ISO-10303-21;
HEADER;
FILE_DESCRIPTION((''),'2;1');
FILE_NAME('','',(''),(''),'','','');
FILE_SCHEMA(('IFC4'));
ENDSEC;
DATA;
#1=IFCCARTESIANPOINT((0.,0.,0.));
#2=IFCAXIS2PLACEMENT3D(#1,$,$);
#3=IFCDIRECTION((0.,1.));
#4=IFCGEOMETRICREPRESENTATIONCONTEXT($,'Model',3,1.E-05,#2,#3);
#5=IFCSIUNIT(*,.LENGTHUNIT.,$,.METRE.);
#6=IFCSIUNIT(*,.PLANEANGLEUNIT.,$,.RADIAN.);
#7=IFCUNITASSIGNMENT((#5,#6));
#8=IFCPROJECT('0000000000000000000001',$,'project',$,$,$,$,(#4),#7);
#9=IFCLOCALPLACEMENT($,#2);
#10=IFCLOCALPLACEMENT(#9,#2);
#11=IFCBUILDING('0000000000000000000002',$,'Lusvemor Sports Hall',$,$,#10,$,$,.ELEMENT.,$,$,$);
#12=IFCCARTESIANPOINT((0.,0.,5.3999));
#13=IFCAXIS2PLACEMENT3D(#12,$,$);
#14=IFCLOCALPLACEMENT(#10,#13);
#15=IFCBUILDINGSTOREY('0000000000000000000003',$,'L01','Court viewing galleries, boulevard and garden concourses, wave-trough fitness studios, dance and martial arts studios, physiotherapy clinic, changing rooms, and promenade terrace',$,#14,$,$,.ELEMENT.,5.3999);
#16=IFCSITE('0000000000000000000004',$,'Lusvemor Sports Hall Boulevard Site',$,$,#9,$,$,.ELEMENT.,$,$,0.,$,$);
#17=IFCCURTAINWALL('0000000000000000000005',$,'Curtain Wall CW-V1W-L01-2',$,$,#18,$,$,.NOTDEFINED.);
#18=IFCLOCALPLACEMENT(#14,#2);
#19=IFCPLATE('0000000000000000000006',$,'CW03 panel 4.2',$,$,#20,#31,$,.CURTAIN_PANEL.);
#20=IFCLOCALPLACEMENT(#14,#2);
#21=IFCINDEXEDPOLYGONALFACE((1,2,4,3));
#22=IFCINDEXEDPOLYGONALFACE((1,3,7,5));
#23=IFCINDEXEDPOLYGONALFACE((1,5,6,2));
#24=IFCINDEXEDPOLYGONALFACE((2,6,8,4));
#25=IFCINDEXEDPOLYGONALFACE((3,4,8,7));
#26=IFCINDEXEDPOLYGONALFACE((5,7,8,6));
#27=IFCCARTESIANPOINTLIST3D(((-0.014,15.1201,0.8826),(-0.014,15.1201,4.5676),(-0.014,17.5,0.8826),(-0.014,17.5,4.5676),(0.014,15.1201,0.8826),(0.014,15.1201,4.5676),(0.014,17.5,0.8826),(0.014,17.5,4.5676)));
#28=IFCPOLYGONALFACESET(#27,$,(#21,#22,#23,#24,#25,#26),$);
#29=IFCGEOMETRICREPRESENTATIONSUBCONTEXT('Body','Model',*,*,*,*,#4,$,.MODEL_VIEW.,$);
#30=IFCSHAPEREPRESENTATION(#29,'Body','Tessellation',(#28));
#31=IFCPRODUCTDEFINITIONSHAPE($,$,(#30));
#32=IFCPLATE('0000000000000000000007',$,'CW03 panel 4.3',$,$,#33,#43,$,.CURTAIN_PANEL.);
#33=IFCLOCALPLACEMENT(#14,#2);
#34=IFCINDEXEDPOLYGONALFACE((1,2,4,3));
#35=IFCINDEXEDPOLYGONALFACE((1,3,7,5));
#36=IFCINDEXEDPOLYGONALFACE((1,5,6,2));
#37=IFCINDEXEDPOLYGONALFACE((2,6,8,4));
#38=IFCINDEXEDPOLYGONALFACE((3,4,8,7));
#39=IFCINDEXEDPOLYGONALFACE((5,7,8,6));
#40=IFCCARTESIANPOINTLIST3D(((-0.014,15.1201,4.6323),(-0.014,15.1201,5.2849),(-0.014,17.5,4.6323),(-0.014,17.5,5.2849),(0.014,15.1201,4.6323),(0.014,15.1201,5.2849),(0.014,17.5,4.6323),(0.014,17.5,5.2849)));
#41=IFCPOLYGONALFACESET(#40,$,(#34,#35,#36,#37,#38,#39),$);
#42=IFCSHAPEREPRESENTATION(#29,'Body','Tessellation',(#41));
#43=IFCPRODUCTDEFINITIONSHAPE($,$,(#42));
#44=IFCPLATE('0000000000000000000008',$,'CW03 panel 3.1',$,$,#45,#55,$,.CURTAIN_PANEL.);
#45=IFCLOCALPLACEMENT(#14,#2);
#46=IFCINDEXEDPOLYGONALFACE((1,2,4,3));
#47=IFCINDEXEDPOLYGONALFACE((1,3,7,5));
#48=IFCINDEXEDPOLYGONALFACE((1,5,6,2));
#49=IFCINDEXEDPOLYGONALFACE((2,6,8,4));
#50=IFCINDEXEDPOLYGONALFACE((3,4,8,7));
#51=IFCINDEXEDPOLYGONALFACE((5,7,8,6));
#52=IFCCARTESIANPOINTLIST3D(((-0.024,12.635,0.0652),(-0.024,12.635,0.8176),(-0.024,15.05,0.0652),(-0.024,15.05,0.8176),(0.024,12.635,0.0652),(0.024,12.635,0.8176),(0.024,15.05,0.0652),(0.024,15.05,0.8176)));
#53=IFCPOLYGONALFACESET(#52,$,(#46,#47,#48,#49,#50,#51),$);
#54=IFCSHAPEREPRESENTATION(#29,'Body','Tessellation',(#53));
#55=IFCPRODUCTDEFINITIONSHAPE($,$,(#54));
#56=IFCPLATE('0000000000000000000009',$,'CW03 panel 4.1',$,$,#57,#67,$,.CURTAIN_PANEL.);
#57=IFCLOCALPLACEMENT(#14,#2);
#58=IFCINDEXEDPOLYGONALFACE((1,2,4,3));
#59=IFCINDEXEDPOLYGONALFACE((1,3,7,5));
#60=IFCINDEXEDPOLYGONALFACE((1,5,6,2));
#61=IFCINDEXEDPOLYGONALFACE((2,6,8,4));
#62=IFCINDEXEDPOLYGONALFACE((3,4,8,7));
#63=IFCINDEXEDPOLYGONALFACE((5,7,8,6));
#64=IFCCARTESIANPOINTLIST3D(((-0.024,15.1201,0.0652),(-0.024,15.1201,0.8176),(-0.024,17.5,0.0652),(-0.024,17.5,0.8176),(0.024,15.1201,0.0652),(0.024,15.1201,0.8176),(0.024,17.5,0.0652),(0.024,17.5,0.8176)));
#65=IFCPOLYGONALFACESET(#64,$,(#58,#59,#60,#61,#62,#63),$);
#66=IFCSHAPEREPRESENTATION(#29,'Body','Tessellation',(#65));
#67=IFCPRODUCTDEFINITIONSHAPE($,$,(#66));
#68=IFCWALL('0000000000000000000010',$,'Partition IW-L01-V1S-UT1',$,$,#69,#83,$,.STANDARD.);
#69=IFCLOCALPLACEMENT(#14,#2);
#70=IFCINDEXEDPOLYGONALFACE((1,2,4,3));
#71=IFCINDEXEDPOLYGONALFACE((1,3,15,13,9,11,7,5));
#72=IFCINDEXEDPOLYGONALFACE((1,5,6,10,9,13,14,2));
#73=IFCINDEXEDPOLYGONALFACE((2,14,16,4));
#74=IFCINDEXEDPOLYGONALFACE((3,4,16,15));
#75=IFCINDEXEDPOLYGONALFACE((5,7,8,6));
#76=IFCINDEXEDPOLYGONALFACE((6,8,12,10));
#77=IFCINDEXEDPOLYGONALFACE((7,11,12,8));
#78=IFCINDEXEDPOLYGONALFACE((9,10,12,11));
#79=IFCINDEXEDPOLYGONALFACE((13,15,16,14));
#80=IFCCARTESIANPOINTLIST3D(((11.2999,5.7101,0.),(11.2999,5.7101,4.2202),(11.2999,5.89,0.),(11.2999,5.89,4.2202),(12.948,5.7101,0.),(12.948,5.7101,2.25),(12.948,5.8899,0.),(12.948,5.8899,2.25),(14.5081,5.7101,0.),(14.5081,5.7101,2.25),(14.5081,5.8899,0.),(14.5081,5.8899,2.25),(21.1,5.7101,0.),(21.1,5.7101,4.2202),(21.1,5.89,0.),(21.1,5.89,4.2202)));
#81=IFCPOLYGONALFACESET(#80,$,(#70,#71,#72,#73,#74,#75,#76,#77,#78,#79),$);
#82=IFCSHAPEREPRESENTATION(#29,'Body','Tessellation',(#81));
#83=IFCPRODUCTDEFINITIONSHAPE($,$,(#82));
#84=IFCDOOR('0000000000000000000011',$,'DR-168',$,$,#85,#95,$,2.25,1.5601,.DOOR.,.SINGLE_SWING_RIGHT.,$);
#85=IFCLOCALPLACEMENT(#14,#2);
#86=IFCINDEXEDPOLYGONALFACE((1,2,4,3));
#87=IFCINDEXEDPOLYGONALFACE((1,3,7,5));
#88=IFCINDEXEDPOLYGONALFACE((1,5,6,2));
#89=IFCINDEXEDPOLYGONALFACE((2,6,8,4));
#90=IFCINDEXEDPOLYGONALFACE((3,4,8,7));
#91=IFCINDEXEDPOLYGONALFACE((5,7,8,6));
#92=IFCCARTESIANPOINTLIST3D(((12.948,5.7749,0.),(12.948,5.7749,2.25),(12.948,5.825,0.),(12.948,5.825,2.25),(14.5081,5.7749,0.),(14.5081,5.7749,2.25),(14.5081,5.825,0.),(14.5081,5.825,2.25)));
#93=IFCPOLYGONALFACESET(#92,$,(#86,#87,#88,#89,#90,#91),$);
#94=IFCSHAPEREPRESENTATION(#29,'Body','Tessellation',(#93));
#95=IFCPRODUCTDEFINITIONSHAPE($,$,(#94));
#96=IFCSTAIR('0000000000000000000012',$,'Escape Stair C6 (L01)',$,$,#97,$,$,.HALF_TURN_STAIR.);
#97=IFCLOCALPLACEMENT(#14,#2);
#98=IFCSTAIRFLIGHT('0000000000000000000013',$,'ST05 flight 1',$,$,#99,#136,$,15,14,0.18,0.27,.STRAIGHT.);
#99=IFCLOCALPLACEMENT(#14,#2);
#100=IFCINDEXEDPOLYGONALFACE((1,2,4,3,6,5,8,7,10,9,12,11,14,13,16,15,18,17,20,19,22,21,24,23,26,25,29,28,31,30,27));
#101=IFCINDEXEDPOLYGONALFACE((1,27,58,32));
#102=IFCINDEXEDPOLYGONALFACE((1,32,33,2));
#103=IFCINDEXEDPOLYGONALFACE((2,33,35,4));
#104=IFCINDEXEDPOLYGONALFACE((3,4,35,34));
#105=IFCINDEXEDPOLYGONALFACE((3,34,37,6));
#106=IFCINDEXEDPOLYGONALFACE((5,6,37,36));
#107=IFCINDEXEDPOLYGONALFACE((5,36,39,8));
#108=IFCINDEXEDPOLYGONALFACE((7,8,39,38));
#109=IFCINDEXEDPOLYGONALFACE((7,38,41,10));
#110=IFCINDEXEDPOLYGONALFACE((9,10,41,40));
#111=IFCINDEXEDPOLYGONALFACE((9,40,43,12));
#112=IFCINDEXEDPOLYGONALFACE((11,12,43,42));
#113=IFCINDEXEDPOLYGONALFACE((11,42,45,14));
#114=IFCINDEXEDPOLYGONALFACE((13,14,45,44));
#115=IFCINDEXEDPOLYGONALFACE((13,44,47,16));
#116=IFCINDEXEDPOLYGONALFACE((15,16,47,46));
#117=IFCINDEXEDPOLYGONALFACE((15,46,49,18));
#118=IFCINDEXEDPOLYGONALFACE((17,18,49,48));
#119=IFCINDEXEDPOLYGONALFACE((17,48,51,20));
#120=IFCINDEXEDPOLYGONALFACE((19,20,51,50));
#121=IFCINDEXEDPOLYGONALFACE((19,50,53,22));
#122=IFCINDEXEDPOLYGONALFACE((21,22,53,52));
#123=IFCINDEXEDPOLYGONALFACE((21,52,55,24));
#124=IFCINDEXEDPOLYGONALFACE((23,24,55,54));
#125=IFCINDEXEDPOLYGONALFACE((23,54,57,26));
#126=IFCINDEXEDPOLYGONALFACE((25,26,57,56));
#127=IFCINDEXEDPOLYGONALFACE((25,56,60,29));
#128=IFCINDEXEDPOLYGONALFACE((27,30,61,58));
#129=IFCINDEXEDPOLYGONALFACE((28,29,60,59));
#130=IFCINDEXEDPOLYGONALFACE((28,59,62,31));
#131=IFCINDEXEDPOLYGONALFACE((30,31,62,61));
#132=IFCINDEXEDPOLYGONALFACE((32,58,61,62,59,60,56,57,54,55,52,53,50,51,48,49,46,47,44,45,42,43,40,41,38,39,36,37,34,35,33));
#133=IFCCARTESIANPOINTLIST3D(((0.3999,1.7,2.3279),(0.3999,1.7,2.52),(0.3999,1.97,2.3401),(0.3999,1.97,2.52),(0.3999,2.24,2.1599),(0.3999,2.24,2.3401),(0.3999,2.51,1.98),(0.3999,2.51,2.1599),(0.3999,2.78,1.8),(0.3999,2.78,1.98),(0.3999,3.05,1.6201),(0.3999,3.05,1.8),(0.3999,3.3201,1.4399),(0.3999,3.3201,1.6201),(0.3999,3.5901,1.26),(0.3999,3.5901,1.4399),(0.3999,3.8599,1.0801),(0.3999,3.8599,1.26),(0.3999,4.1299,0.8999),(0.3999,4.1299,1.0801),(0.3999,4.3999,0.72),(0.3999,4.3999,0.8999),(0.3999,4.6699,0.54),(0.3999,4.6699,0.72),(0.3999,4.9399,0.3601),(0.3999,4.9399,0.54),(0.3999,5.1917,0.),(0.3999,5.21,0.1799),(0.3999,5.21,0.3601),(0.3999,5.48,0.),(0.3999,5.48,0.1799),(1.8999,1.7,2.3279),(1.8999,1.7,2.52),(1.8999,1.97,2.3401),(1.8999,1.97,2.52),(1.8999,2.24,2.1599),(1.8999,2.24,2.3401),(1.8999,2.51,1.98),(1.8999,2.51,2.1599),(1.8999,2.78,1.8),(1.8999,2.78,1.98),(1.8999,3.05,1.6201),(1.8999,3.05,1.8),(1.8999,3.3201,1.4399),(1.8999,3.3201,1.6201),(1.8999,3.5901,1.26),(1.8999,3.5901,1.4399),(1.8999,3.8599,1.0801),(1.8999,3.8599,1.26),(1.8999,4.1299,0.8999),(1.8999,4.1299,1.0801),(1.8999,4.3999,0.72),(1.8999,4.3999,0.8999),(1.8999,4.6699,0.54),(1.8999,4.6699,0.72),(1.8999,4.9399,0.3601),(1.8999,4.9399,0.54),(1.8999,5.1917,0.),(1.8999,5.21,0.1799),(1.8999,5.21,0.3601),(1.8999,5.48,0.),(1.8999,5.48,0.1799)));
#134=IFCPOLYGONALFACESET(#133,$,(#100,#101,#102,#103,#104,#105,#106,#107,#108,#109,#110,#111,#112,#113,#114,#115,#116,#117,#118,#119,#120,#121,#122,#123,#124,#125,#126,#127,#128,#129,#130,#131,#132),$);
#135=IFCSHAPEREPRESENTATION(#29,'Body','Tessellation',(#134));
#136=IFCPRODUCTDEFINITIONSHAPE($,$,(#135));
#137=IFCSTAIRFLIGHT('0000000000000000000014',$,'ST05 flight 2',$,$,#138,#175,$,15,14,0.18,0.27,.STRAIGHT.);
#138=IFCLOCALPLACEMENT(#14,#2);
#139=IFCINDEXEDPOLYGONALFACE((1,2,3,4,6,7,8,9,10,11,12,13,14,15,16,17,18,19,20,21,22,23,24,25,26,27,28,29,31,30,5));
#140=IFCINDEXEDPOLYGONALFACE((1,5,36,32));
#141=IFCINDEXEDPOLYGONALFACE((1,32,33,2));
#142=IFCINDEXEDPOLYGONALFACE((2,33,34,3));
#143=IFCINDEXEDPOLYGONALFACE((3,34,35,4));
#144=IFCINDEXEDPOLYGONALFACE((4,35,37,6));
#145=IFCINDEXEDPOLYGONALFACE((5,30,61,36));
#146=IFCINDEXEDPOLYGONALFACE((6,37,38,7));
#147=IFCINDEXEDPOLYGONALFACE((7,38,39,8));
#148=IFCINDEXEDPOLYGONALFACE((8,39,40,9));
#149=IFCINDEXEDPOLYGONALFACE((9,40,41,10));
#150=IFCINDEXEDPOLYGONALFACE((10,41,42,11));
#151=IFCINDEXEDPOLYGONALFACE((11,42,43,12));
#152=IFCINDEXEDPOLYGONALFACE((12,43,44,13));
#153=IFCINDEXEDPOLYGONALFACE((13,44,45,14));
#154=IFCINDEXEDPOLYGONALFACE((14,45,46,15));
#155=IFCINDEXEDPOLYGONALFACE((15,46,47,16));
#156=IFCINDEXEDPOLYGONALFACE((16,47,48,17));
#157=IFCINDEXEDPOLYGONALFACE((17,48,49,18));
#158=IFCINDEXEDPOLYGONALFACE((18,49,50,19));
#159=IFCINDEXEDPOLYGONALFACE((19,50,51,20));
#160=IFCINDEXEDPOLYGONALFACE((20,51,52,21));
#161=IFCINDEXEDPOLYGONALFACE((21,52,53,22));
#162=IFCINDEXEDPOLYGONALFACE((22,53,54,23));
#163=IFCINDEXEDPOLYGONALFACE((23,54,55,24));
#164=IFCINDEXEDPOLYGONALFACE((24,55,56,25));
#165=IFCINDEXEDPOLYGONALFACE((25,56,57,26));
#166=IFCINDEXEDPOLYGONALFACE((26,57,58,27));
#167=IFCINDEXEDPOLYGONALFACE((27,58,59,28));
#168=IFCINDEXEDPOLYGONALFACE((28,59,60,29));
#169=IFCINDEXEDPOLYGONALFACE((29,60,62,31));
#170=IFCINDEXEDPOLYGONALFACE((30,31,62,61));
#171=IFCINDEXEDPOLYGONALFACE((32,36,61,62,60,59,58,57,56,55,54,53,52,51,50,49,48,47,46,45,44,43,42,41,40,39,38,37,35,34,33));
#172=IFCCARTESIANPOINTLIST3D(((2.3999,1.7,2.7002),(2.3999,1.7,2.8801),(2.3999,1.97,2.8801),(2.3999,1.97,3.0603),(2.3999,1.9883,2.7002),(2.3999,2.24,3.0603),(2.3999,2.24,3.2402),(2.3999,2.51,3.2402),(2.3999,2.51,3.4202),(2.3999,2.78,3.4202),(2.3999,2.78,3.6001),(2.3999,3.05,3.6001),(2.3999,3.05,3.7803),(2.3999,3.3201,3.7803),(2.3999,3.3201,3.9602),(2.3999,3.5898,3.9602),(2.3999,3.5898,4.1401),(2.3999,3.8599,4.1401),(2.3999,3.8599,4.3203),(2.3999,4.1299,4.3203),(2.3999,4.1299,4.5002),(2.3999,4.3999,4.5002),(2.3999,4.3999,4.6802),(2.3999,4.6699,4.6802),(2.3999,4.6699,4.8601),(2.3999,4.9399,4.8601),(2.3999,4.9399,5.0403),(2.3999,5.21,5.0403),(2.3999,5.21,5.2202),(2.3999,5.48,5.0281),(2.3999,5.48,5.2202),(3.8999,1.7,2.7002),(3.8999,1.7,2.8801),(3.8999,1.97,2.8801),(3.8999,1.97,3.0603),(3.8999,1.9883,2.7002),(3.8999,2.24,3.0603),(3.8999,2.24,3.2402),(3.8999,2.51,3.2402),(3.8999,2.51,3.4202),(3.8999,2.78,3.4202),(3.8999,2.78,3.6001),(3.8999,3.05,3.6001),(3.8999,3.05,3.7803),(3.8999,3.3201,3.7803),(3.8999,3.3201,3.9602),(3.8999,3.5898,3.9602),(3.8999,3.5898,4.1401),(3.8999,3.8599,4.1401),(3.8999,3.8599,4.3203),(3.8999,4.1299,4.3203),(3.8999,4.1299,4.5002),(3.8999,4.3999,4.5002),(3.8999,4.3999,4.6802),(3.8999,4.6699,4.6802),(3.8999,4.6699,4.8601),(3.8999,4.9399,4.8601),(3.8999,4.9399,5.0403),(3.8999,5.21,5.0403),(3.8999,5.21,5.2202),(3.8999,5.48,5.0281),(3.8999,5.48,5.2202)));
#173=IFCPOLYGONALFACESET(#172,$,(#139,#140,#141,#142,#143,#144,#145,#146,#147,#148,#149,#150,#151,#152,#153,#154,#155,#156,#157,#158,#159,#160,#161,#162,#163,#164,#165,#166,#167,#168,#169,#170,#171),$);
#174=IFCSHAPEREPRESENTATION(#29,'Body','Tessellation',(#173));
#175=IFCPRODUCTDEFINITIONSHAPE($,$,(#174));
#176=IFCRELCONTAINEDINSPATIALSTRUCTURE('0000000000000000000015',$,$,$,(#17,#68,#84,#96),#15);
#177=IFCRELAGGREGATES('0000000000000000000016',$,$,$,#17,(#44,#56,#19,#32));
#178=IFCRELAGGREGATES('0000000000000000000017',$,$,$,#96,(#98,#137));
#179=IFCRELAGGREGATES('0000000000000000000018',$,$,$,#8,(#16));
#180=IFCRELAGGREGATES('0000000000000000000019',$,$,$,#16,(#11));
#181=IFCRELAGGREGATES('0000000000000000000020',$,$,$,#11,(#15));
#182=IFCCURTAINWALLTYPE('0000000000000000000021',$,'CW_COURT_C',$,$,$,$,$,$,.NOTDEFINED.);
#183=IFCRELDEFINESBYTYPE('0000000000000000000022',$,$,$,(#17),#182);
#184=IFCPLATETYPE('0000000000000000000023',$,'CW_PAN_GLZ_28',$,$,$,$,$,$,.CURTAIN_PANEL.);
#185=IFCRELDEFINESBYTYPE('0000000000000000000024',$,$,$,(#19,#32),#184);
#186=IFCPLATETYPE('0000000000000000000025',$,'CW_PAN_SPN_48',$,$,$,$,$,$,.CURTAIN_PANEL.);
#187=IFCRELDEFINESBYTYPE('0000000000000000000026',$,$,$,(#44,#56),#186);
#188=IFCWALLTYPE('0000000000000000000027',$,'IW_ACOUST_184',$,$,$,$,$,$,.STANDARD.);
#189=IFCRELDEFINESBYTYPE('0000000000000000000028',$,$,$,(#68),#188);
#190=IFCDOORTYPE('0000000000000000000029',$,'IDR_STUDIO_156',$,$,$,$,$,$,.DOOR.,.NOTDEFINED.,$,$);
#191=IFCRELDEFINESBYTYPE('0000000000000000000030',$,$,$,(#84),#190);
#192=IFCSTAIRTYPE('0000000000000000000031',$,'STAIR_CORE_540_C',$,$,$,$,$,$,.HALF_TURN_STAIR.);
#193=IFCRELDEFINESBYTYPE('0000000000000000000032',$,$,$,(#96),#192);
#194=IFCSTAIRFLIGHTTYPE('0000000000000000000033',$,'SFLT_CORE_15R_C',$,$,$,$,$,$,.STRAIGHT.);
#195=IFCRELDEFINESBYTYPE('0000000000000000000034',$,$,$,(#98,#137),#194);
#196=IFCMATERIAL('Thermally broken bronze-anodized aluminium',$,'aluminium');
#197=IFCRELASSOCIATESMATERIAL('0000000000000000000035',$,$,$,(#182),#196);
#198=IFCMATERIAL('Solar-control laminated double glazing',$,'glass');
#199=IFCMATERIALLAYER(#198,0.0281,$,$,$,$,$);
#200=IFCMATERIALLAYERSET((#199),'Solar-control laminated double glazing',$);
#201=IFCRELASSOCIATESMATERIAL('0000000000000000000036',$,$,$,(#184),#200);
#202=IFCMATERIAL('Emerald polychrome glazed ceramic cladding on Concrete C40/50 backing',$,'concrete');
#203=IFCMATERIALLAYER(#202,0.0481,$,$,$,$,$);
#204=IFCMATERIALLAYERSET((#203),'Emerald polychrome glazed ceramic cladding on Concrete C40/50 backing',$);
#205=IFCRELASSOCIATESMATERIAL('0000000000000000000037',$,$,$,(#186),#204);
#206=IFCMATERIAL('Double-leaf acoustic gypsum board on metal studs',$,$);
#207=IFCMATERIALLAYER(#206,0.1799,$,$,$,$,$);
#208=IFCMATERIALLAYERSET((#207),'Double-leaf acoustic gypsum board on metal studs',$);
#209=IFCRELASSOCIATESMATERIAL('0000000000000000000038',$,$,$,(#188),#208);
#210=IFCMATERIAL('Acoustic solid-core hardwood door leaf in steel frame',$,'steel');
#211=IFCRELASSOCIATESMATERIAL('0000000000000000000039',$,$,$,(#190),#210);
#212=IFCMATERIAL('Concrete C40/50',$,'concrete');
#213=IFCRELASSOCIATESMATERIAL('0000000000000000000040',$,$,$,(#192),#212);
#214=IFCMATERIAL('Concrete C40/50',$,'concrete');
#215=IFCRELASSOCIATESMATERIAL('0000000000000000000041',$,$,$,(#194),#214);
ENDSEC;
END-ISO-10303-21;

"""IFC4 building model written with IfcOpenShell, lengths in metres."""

from ifc_helpers import new_model, si_unit, direction, frame, frame_2d, origin, origin_2d, place, context, subcontext, project, spatial, polyline, rectangle, outline, extrude, material, layer, layer_set, type_object, element, fill, aggregate, save


model = new_model("IFC4")

# Units and contexts
model_context = context("Model", 3, precision=1e-05, world=origin(), true_north=direction((0.0, 1.0)))
body_context = subcontext(model_context, "Body", "Model", "MODEL_VIEW")
ifc_project = project(units=[si_unit("LENGTHUNIT", "METRE"), si_unit("PLANEANGLEUNIT", "RADIAN")], contexts=[model_context])

# Site, building, storey
site_placement = place(None, origin())
site = spatial("IfcSite", under=ifc_project, at=site_placement, Name="Lusvemor Sports Hall Boulevard Site", CompositionType="ELEMENT", RefElevation=0.0)
building_placement = place(site_placement, origin())
building = spatial("IfcBuilding", under=site, at=building_placement, Name="Lusvemor Sports Hall", CompositionType="ELEMENT")
storey_placement = place(building_placement, frame((0.0, 0.0, 5.3999)))
storey = spatial("IfcBuildingStorey", under=building, at=storey_placement, Name="L01", Description="Court viewing galleries, boulevard and garden concourses, wave-trough fitness studios, dance and martial arts studios, physiotherapy clinic, changing rooms, and promenade terrace", CompositionType="ELEMENT", Elevation=5.3999)

# Curtain wall
ifc_material_1 = material(Name="Thermally broken bronze-anodized aluminium", Category="aluminium")
curtain_wall_type = type_object("IfcCurtainWallType", Name="CW_COURT_C", PredefinedType="NOTDEFINED", material=ifc_material_1)
curtain_wall_placement = place(storey_placement, origin())
curtain_wall = element("IfcCurtainWall", 1, at=curtain_wall_placement, inside=storey, type_object=curtain_wall_type, Name="Curtain Wall CW-V1W-L01-2", PredefinedType="NOTDEFINED")

# Plates
ifc_material_2 = material(Name="Solar-control laminated double glazing", Category="glass")
ifc_layer_1 = layer(ifc_material_2, 0.0281)
ifc_layer_set_1 = layer_set([ifc_layer_1], Name="Solar-control laminated double glazing")
plate_type_1 = type_object("IfcPlateType", Name="CW_PAN_GLZ_28", PredefinedType="CURTAIN_PANEL", material=ifc_layer_set_1)
plate_1_placement = place(storey_placement, frame((0.0, 16.3101, 0.8826), z_axis=(0.0, 0.0, 1.0), x_axis=(0.0, 1.0, 0.0)))
plate_1 = element("IfcPlate", 2, at=plate_1_placement, type_object=plate_type_1, Name="CW03 panel 4.2", PredefinedType="CURTAIN_PANEL", context=body_context, shape_type="SweptSolid", body=[
    extrude(rectangle(XDim=2.3799, YDim=0.0281, at=origin_2d()), origin(), (0.0, 0.0, 1.0), 3.6851),
])
plate_2_placement = place(storey_placement, frame((0.0, 16.3101, 4.6323), z_axis=(0.0, 0.0, 1.0), x_axis=(0.0, 1.0, 0.0)))
plate_2 = element("IfcPlate", 3, at=plate_2_placement, type_object=plate_type_1, Name="CW03 panel 4.3", PredefinedType="CURTAIN_PANEL", context=body_context, shape_type="SweptSolid", body=[
    extrude(rectangle(XDim=2.3799, YDim=0.0281, at=origin_2d()), origin(), (0.0, 0.0, 1.0), 0.6526),
])
ifc_material_3 = material(Name="Emerald polychrome glazed ceramic cladding on Concrete C40/50 backing", Category="concrete")
ifc_layer_2 = layer(ifc_material_3, 0.0481)
ifc_layer_set_2 = layer_set([ifc_layer_2], Name="Emerald polychrome glazed ceramic cladding on Concrete C40/50 backing")
plate_type_2 = type_object("IfcPlateType", Name="CW_PAN_SPN_48", PredefinedType="CURTAIN_PANEL", material=ifc_layer_set_2)
plate_3_placement = place(storey_placement, frame((0.0, 13.8425, 0.0652), z_axis=(0.0, 0.0, 1.0), x_axis=(0.0, 1.0, 0.0)))
plate_3 = element("IfcPlate", 4, at=plate_3_placement, type_object=plate_type_2, Name="CW03 panel 3.1", PredefinedType="CURTAIN_PANEL", context=body_context, shape_type="SweptSolid", body=[
    extrude(rectangle(XDim=2.415, YDim=0.0481, at=origin_2d()), origin(), (0.0, 0.0, 1.0), 0.7524),
])
plate_4_placement = place(storey_placement, frame((0.0, 16.3101, 0.0652), z_axis=(0.0, 0.0, 1.0), x_axis=(0.0, 1.0, 0.0)))
plate_4 = element("IfcPlate", 5, at=plate_4_placement, type_object=plate_type_2, Name="CW03 panel 4.1", PredefinedType="CURTAIN_PANEL", context=body_context, shape_type="SweptSolid", body=[
    extrude(rectangle(XDim=2.3799, YDim=0.0481, at=origin_2d()), origin(), (0.0, 0.0, 1.0), 0.7524),
])
aggregate(curtain_wall, [plate_3, plate_4, plate_1, plate_2])

# Wall, opening, door
ifc_material_4 = material(Name="Double-leaf acoustic gypsum board on metal studs")
ifc_layer_3 = layer(ifc_material_4, 0.1799)
ifc_layer_set_3 = layer_set([ifc_layer_3], Name="Double-leaf acoustic gypsum board on metal studs")
wall_type_1 = type_object("IfcWallType", Name="IW_ACOUST_184", PredefinedType="STANDARD", material=ifc_layer_set_3)
wall_1_placement = place(storey_placement, frame((11.3, 5.8, 0.0), z_axis=(0.0, 0.0, 1.0), x_axis=(1.0, 0.0, 0.0)))
wall_1 = element("IfcWall", 6, at=wall_1_placement, inside=storey, type_object=wall_type_1, Name="Partition IW-L01-V1S-UT1", PredefinedType="STANDARD", context=body_context, shape_type="SweptSolid", body=[
    extrude(rectangle(XDim=9.8, YDim=0.1799, at=frame_2d((4.8999, 0.0))), origin(), (0.0, 0.0, 1.0), 4.2202),
])
opening_1_placement = place(wall_1_placement, frame((1.6479, 0.0, 0.0)))
opening_1 = element("IfcOpeningElement", 7, at=opening_1_placement, cuts=wall_1, PredefinedType="OPENING", context=body_context, shape_type="SweptSolid", body=[
    extrude(rectangle(XDim=1.5601, YDim=2.25, at=frame_2d((0.78, 1.125))), frame((0.0, 0.0898, 0.0), z_axis=(0.0, -1.0, 0.0), x_axis=(1.0, 0.0, 0.0)), (0.0, 0.0, 1.0), 0.1799),
])
ifc_material_5 = material(Name="Acoustic solid-core hardwood door leaf in steel frame", Category="steel")
door_type_1 = type_object("IfcDoorType", Name="IDR_STUDIO_156", OperationType="NOTDEFINED", PredefinedType="DOOR", material=ifc_material_5)
door_1_placement = place(opening_1_placement, origin())
door_1 = element("IfcDoor", 8, at=door_1_placement, inside=storey, type_object=door_type_1, Name="DR-168", OperationType="SINGLE_SWING_RIGHT", OverallHeight=2.25, OverallWidth=1.5601, PredefinedType="DOOR", context=body_context, shape_type="SweptSolid", body=[
    extrude(rectangle(XDim=1.5601, YDim=2.25, at=frame_2d((0.78, 1.125))), frame((0.0, 0.0249, 0.0), z_axis=(0.0, -1.0, 0.0), x_axis=(1.0, 0.0, 0.0)), (0.0, 0.0, 1.0), 0.05),
])
fill(opening_1, door_1)

# Stair, stair flights
ifc_material_6 = material(Name="Concrete C40/50", Category="concrete")
stair_type = type_object("IfcStairType", Name="STAIR_CORE_540_C", PredefinedType="HALF_TURN_STAIR", material=ifc_material_6)
stair_placement = place(storey_placement, origin())
stair = element("IfcStair", 9, at=stair_placement, inside=storey, type_object=stair_type, Name="Escape Stair C6 (L01)", PredefinedType="HALF_TURN_STAIR")
ifc_material_7 = material(Name="Concrete C40/50", Category="concrete")
stair_flight_type = type_object("IfcStairFlightType", Name="SFLT_CORE_15R_C", PredefinedType="STRAIGHT", material=ifc_material_7)
stair_flight_1_placement = place(storey_placement, frame((1.1499, 5.48, 0.0), z_axis=(0.0, 0.0, 1.0), x_axis=(0.0, -1.0, 0.0)))
stair_flight_1 = element("IfcStairFlight", 10, at=stair_flight_1_placement, type_object=stair_flight_type, Name="ST05 flight 1", NumberOfRisers=15, NumberOfTreads=14, PredefinedType="STRAIGHT", RiserHeight=0.18, TreadLength=0.27, context=body_context, shape_type="SweptSolid", body=[
    extrude(outline(polyline([(0.0, 0.0), (0.0, 0.1799), (0.27, 0.1799), (0.27, 0.3601), (0.54, 0.3601), (0.54, 0.54), (0.8101, 0.54), (0.8101, 0.72), (1.0801, 0.72), (1.0801, 0.8999), (1.3501, 0.8999), (1.3501, 1.0801), (1.6201, 1.0801), (1.6201, 1.26), (1.8899, 1.26), (1.8899, 1.4399), (2.1599, 1.4399), (2.1599, 1.6201), (2.4299, 1.6201), (2.4299, 1.8), (2.7, 1.8), (2.7, 1.98), (2.97, 1.98), (2.97, 2.1599), (3.24, 2.1599), (3.24, 2.3401), (3.51, 2.3401), (3.51, 2.52), (3.78, 2.52), (3.78, 2.7), (3.78, 2.3279), (0.2883, 0.0), (0.0, 0.0)])), frame((0.0, 0.75, 0.0), z_axis=(0.0, -1.0, 0.0), x_axis=(1.0, 0.0, 0.0)), (0.0, 0.0, 1.0), 1.5),
])
stair_flight_2_placement = place(storey_placement, frame((3.1499, 1.7, 2.7002), z_axis=(0.0, 0.0, 1.0), x_axis=(0.0, 1.0, 0.0)))
stair_flight_2 = element("IfcStairFlight", 11, at=stair_flight_2_placement, type_object=stair_flight_type, Name="ST05 flight 2", NumberOfRisers=15, NumberOfTreads=14, PredefinedType="STRAIGHT", RiserHeight=0.18, TreadLength=0.27, context=body_context, shape_type="SweptSolid", body=[
    extrude(outline(polyline([(0.0, 0.0), (0.0, 0.1799), (0.27, 0.1799), (0.27, 0.3601), (0.54, 0.3601), (0.54, 0.54), (0.8101, 0.54), (0.8101, 0.72), (1.0801, 0.72), (1.0801, 0.8999), (1.3501, 0.8999), (1.3501, 1.0801), (1.6201, 1.0801), (1.6201, 1.26), (1.8899, 1.26), (1.8899, 1.4399), (2.1599, 1.4399), (2.1599, 1.6201), (2.4299, 1.6201), (2.4299, 1.8), (2.7, 1.8), (2.7, 1.98), (2.97, 1.98), (2.97, 2.1599), (3.24, 2.1599), (3.24, 2.3401), (3.51, 2.3401), (3.51, 2.52), (3.78, 2.52), (3.78, 2.7), (3.78, 2.3279), (0.2883, 0.0), (0.0, 0.0)])), frame((0.0, 0.75, 0.0), z_axis=(0.0, -1.0, 0.0), x_axis=(1.0, 0.0, 0.0)), (0.0, 0.0, 1.0), 1.5),
])
aggregate(stair, [stair_flight_1, stair_flight_2])

save(model, "model.ifc")
